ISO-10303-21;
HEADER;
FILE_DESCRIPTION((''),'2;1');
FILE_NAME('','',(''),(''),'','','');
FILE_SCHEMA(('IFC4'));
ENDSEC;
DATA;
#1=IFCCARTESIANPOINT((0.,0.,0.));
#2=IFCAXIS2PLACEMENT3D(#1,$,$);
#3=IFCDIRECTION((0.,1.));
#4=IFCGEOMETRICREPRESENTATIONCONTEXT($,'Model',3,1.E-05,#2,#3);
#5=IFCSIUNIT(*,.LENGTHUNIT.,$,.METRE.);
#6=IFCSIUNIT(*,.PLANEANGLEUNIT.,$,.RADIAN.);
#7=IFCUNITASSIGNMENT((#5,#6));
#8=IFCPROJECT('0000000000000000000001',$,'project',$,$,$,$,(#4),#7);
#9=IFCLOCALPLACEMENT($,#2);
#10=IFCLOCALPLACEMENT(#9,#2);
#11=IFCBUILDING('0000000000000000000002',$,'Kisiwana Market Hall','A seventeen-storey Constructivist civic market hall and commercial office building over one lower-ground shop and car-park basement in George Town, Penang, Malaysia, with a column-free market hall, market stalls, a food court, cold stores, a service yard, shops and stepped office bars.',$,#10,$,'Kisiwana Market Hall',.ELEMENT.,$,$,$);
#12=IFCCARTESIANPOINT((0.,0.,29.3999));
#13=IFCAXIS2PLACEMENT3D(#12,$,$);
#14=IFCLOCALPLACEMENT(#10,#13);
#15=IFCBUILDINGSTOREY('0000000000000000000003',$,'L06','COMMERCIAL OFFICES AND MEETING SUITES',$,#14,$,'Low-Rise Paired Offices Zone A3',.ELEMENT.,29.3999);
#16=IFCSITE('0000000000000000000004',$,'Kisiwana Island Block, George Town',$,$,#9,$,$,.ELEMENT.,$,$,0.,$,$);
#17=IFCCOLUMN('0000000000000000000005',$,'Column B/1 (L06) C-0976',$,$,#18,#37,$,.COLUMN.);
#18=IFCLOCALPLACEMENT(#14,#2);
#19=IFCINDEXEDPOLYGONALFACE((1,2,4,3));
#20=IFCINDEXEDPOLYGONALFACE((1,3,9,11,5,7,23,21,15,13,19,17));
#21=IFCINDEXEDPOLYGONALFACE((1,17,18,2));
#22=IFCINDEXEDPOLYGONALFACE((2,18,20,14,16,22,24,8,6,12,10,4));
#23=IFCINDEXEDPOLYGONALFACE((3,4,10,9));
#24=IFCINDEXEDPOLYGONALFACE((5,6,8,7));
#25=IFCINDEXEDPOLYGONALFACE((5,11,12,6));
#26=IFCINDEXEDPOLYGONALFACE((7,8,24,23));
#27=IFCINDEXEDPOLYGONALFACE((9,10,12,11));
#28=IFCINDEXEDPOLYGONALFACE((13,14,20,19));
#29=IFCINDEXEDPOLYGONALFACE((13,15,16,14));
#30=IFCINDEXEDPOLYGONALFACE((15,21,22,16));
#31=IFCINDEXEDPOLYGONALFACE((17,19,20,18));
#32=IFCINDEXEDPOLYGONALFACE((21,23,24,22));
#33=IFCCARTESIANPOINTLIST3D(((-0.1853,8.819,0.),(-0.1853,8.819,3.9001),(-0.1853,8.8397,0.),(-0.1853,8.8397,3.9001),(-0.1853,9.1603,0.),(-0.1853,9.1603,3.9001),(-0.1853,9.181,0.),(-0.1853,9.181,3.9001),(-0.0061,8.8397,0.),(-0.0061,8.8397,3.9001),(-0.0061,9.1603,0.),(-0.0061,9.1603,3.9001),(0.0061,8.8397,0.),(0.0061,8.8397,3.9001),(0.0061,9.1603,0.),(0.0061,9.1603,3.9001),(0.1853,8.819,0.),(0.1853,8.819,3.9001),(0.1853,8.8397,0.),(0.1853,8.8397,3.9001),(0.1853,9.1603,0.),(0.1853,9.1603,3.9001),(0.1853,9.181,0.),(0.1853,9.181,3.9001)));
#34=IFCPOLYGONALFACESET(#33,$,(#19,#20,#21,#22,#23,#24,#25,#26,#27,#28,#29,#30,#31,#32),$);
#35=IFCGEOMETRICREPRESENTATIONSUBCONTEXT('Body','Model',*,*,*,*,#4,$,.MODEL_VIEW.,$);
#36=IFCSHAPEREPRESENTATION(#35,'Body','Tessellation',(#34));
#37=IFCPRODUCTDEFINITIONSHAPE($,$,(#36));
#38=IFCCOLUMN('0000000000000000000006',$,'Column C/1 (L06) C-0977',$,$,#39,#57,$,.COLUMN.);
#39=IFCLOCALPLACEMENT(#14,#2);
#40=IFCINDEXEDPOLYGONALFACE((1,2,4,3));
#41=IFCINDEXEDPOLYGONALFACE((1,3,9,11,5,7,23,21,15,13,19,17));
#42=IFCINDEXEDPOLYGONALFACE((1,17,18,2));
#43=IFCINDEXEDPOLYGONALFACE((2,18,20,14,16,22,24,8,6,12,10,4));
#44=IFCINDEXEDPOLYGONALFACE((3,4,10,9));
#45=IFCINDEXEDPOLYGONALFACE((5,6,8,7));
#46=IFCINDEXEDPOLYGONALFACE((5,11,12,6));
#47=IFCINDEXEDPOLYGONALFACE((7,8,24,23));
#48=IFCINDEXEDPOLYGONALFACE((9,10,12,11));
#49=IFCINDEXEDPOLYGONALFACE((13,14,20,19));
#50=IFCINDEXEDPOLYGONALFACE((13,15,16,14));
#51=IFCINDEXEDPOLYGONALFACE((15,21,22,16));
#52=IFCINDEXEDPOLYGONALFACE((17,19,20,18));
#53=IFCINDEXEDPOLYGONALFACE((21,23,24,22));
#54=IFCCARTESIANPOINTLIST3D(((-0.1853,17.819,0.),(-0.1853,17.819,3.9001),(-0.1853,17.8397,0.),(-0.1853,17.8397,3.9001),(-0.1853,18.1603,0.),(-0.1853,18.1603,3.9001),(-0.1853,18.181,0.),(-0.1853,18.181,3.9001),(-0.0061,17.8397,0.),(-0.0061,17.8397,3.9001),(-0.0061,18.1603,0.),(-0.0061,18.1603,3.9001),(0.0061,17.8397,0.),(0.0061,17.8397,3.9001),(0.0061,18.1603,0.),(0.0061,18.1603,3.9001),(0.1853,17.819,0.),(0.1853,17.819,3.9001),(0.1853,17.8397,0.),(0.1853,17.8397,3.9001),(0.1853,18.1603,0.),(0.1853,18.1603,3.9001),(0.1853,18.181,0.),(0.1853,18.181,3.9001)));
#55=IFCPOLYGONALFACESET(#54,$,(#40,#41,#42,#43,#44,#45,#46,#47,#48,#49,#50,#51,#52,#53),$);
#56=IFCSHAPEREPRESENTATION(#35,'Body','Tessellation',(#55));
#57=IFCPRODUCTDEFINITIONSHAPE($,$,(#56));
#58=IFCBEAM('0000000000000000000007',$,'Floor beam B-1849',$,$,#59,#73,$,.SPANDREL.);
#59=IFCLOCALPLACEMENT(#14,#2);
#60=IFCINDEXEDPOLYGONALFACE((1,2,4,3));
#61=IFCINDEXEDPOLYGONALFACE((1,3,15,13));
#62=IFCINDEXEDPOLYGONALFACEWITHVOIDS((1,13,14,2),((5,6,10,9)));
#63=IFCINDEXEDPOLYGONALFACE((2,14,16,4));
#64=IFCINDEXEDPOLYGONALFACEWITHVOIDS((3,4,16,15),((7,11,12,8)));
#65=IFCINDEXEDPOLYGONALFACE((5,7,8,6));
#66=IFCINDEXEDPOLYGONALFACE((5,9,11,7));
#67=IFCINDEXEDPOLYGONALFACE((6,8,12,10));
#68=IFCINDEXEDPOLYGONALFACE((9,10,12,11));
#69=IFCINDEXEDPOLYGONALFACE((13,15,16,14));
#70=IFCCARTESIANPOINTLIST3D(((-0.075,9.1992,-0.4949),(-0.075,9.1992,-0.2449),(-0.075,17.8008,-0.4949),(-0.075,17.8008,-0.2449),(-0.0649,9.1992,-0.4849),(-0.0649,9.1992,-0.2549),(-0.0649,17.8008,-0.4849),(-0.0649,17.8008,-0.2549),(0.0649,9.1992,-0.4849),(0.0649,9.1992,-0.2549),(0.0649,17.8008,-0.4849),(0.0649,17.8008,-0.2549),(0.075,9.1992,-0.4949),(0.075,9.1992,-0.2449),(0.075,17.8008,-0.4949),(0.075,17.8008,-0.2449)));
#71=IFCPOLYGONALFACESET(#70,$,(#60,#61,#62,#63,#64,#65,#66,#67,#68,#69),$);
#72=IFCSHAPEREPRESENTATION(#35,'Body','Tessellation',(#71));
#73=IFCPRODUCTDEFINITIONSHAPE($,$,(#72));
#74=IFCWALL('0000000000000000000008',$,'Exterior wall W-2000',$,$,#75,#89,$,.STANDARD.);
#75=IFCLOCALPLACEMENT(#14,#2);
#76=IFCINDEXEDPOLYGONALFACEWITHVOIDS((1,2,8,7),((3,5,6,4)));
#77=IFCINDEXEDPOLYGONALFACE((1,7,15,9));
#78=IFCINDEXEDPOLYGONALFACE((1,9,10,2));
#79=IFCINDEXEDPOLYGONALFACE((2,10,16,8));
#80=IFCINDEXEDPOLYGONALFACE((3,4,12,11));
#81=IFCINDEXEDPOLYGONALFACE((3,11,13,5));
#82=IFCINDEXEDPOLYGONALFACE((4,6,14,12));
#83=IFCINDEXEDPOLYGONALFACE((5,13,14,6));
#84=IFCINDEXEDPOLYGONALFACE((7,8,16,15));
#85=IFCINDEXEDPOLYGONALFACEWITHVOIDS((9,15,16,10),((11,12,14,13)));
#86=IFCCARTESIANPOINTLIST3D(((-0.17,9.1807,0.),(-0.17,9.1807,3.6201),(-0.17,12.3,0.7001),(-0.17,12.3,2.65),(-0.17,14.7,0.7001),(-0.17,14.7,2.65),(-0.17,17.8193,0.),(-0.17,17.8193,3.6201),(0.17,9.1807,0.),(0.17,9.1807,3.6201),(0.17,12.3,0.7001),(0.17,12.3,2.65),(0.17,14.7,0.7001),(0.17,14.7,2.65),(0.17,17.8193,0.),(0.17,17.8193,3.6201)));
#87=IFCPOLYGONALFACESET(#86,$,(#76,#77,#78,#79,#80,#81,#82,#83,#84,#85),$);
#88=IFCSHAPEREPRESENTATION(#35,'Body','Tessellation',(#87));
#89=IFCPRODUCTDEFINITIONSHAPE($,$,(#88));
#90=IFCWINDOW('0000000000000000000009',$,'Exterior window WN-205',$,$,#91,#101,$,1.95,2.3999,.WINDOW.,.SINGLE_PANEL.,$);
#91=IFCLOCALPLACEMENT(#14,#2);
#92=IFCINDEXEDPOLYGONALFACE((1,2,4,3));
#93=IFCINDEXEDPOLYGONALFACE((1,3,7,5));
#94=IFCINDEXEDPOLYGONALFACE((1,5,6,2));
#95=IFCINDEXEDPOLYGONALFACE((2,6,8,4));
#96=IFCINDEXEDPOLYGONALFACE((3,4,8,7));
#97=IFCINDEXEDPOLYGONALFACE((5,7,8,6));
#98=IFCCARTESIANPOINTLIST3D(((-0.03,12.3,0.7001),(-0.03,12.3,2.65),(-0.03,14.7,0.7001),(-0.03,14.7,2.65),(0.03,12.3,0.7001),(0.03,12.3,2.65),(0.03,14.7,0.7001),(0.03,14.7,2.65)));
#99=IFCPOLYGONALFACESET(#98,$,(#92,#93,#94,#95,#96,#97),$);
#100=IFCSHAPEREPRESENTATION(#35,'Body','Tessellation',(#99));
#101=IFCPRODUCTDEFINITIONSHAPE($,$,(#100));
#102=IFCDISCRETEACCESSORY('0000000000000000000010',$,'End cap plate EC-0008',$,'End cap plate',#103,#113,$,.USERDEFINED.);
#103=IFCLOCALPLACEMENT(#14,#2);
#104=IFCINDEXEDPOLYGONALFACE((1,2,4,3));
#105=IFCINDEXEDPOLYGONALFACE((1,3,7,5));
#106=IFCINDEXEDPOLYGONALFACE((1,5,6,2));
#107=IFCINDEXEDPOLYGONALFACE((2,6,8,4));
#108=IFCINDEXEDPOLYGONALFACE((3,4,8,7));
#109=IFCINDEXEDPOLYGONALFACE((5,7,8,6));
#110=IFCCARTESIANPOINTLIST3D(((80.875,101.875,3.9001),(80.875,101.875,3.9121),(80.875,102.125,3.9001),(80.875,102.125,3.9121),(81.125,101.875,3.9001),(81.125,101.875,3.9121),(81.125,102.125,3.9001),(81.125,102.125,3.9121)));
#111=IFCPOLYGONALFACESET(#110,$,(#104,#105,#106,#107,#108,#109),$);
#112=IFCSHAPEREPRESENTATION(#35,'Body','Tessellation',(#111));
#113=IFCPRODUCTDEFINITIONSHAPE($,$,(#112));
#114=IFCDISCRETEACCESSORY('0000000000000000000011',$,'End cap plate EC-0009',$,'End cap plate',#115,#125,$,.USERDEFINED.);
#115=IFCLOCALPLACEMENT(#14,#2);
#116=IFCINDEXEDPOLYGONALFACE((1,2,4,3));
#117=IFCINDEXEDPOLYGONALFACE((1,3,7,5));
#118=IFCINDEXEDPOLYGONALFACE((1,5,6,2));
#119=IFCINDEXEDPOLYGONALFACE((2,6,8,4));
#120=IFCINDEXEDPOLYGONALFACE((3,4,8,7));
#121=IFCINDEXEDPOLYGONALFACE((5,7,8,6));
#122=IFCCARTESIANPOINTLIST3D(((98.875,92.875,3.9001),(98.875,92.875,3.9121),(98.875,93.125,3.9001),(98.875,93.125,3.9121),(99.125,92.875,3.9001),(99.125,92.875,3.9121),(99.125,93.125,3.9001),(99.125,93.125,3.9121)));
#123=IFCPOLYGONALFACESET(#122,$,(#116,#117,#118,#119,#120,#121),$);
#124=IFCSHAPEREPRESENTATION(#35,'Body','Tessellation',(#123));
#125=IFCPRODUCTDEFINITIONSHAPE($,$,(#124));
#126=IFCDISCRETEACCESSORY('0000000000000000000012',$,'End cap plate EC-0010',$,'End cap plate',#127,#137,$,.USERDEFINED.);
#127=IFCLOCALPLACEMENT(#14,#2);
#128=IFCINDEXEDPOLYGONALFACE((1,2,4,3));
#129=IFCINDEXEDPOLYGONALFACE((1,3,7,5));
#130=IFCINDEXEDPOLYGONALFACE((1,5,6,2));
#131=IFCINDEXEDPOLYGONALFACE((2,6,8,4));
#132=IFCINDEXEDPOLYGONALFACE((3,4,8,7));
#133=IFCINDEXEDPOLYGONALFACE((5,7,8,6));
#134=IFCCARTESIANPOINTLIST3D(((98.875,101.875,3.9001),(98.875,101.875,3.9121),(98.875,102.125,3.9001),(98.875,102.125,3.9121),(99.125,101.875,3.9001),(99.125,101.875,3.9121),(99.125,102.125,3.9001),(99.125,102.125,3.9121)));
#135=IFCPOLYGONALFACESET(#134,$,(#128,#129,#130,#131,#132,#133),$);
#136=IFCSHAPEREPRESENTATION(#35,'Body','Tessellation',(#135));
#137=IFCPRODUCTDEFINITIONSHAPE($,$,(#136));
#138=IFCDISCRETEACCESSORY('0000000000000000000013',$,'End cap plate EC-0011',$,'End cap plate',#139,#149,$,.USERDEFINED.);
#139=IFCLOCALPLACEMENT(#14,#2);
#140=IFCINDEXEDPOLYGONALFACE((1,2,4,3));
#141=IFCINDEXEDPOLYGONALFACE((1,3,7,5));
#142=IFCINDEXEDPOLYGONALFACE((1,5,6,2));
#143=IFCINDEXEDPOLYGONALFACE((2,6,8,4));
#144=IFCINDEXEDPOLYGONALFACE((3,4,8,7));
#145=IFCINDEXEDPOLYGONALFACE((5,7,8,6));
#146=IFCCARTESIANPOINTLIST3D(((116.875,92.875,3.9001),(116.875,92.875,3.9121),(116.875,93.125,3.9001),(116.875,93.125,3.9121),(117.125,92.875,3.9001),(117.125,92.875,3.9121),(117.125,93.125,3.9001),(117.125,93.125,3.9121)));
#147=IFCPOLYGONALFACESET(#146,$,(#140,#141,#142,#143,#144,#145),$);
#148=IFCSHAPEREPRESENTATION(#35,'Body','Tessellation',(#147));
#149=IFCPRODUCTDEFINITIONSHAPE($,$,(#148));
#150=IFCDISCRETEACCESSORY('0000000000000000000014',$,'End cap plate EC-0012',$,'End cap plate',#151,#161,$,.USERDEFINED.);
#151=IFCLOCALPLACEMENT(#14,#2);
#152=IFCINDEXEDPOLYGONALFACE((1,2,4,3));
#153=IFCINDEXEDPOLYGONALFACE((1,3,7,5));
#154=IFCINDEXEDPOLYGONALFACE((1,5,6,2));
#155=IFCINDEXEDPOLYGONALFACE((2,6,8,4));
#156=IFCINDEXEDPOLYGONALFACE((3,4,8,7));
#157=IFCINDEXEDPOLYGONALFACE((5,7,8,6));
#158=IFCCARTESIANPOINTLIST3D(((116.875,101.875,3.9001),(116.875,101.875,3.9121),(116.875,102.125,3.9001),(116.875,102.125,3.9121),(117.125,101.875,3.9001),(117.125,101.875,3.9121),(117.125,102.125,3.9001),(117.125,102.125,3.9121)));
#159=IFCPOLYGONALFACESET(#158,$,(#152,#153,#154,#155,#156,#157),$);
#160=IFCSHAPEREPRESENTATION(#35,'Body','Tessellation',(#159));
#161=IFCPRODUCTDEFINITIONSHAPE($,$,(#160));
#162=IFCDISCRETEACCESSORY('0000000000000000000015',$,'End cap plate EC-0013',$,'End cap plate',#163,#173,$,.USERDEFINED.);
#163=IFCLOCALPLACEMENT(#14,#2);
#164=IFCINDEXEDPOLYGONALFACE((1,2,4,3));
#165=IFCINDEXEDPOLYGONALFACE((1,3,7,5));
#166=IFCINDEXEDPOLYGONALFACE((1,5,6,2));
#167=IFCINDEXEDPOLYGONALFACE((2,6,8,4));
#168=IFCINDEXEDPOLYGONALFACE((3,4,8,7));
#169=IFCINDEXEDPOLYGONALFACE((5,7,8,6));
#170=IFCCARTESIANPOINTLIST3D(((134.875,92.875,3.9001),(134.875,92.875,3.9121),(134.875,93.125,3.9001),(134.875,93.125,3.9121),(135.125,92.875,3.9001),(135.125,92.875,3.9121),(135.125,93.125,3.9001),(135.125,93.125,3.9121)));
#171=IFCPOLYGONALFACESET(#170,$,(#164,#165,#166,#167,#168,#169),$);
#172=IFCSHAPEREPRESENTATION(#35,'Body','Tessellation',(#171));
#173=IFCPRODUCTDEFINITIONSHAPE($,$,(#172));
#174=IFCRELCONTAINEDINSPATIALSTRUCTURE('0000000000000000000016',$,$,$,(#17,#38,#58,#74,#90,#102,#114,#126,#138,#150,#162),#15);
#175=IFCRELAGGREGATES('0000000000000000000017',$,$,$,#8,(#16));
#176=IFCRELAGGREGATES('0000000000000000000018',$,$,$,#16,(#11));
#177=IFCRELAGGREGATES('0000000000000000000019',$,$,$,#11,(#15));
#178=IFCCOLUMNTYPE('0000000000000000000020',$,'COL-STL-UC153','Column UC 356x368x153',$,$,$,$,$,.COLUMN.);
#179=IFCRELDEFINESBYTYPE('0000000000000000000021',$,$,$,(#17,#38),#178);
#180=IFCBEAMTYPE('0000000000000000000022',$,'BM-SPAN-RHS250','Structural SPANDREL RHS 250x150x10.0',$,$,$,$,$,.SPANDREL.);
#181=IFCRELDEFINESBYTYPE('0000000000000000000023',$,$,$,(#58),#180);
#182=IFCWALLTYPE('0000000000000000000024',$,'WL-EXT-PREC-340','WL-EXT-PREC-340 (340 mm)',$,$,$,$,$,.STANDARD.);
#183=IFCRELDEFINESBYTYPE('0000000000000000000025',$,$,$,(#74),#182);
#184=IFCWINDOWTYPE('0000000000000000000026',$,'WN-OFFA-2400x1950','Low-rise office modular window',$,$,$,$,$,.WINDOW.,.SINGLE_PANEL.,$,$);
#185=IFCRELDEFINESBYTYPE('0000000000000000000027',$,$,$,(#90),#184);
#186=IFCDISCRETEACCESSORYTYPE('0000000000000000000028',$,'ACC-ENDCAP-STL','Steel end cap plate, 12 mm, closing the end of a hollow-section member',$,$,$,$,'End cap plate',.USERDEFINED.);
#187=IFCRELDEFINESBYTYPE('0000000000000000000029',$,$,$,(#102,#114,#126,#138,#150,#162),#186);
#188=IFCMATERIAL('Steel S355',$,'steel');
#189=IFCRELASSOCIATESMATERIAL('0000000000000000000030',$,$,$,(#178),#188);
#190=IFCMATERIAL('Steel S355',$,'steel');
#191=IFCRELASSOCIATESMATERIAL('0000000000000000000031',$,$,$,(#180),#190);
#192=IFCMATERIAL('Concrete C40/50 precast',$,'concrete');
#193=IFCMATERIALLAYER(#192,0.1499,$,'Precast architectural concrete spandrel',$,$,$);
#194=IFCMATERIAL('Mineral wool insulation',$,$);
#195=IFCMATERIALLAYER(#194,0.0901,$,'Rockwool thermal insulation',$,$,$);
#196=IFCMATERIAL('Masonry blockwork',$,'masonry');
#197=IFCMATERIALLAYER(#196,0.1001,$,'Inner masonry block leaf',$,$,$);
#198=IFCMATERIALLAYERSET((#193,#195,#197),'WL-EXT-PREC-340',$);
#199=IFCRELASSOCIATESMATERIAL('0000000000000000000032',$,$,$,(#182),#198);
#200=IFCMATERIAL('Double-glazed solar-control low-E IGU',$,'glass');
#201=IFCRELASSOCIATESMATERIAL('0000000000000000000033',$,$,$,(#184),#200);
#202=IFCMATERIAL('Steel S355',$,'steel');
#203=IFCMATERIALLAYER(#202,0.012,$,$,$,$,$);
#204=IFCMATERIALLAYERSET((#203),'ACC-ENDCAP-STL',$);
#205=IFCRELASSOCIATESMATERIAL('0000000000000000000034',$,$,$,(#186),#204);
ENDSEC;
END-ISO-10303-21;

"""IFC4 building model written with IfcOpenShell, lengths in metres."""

from ifc_helpers import new_model, si_unit, direction, frame, frame_2d, origin, origin_2d, place, context, subcontext, project, spatial, polyline, rectangle, hollow_rectangle, i_section, outline, extrude, material, layer, layer_set, material_profile, profile_set, type_object, element, fill, save


model = new_model("IFC4")

# Units and contexts
model_context = context("Model", 3, precision=1e-05, world=origin(), true_north=direction((0.0, 1.0)))
body_context = subcontext(model_context, "Body", "Model", "MODEL_VIEW")
ifc_project = project(units=[si_unit("LENGTHUNIT", "METRE"), si_unit("PLANEANGLEUNIT", "RADIAN")], contexts=[model_context])

# Site, building, storey
site_placement = place(None, origin())
site = spatial("IfcSite", under=ifc_project, at=site_placement, Name="Kisiwana Island Block, George Town", CompositionType="ELEMENT", RefElevation=0.0)
building_placement = place(site_placement, origin())
building = spatial("IfcBuilding", under=site, at=building_placement, Name="Kisiwana Market Hall", Description="A seventeen-storey Constructivist civic market hall and commercial office building over one lower-ground shop and car-park basement in George Town, Penang, Malaysia, with a column-free market hall, market stalls, a food court, cold stores, a service yard, shops and stepped office bars.", LongName="Kisiwana Market Hall", CompositionType="ELEMENT")
storey_placement = place(building_placement, frame((0.0, 0.0, 29.3999)))
storey = spatial("IfcBuildingStorey", under=building, at=storey_placement, Name="L06", Description="COMMERCIAL OFFICES AND MEETING SUITES", LongName="Low-Rise Paired Offices Zone A3", CompositionType="ELEMENT", Elevation=29.3999)

# Columns
ifc_material_1 = material(Name="Steel S355", Category="steel")
ifc_material_profile_1 = material_profile(ifc_material_1, i_section(OverallWidth=0.3706, OverallDepth=0.3621, WebThickness=0.0122, FlangeThickness=0.0208, at=origin_2d()), Name="UC 356x368x153")
ifc_profile_set_1 = profile_set([ifc_material_profile_1], Name="Steel S355")
column_type = type_object("IfcColumnType", Name="COL-STL-UC153", Description="Column UC 356x368x153", PredefinedType="COLUMN", material=ifc_profile_set_1)
for number, where, z_axis, x_axis, name in (
    (1, (0.0, 9.0, 0.0), (0.0, 0.0, 1.0), (1.0, 0.0, 0.0), "Column B/1 (L06) C-0976"),
    (2, (0.0, 18.0, 0.0), (0.0, 0.0, 1.0), (1.0, 0.0, 0.0), "Column C/1 (L06) C-0977"),
):
    element("IfcColumn", number, at=place(storey_placement, frame(where, z_axis=z_axis, x_axis=x_axis)), inside=storey, type_object=column_type, Name=name, PredefinedType="COLUMN", context=body_context, shape_type="SweptSolid", body=[
        extrude(i_section(OverallWidth=0.3706, OverallDepth=0.3621, WebThickness=0.0122, FlangeThickness=0.0208, at=origin_2d()), origin(), (0.0, 0.0, 1.0), 3.9001),
    ])

# Beam
ifc_material_2 = material(Name="Steel S355", Category="steel")
ifc_material_profile_2 = material_profile(ifc_material_2, hollow_rectangle(XDim=0.1499, YDim=0.25, WallThickness=0.01, at=origin_2d()), Name="RHS 250x150x10.0")
ifc_profile_set_2 = profile_set([ifc_material_profile_2], Name="Steel S355")
beam_type = type_object("IfcBeamType", Name="BM-SPAN-RHS250", Description="Structural SPANDREL RHS 250x150x10.0", PredefinedType="SPANDREL", material=ifc_profile_set_2)
beam_placement = place(storey_placement, frame((0.0, 9.1992, -0.3699), z_axis=(0.0, 1.0, 0.0), x_axis=(-1.0, 0.0, 0.0)))
element("IfcBeam", 3, at=beam_placement, inside=storey, type_object=beam_type, Name="Floor beam B-1849", PredefinedType="SPANDREL", context=body_context, shape_type="SweptSolid", body=[
    extrude(hollow_rectangle(XDim=0.1499, YDim=0.25, WallThickness=0.01, at=origin_2d()), origin(), (0.0, 0.0, 1.0), 8.6016),
])

# Wall, opening, window
ifc_material_3 = material(Name="Concrete C40/50 precast", Category="concrete")
ifc_layer_1 = layer(ifc_material_3, 0.1499, Name="Precast architectural concrete spandrel")
ifc_material_4 = material(Name="Mineral wool insulation")
ifc_layer_2 = layer(ifc_material_4, 0.0901, Name="Rockwool thermal insulation")
ifc_material_5 = material(Name="Masonry blockwork", Category="masonry")
ifc_layer_3 = layer(ifc_material_5, 0.1001, Name="Inner masonry block leaf")
ifc_layer_set_1 = layer_set([ifc_layer_1, ifc_layer_2, ifc_layer_3], Name="WL-EXT-PREC-340")
wall_type = type_object("IfcWallType", Name="WL-EXT-PREC-340", Description="WL-EXT-PREC-340 (340 mm)", PredefinedType="STANDARD", material=ifc_layer_set_1)
wall_placement = place(storey_placement, frame((0.0, 9.1807, 0.0), z_axis=(0.0, 0.0, 1.0), x_axis=(0.0, 1.0, 0.0)))
wall = element("IfcWall", 4, at=wall_placement, inside=storey, type_object=wall_type, Name="Exterior wall W-2000", PredefinedType="STANDARD", context=body_context, shape_type="SweptSolid", body=[
    extrude(rectangle(XDim=8.6387, YDim=0.3401, at=frame_2d((4.3193, 0.0))), origin(), (0.0, 0.0, 1.0), 3.6201),
])
opening_placement = place(wall_placement, frame((3.1194, 0.0, 0.7)))
opening = element("IfcOpeningElement", 5, at=opening_placement, cuts=wall, PredefinedType="OPENING", context=body_context, shape_type="SweptSolid", body=[
    extrude(rectangle(XDim=2.3999, YDim=1.95, at=frame_2d((1.2, 0.9751))), frame((0.0, 0.1821, 0.0), z_axis=(0.0, -1.0, 0.0), x_axis=(1.0, 0.0, 0.0)), (0.0, 0.0, 1.0), 0.364),
])
ifc_material_6 = material(Name="Double-glazed solar-control low-E IGU", Category="glass")
window_type = type_object("IfcWindowType", Name="WN-OFFA-2400x1950", Description="Low-rise office modular window", PartitioningType="SINGLE_PANEL", PredefinedType="WINDOW", material=ifc_material_6)
window_placement = place(opening_placement, origin())
window = element("IfcWindow", 6, at=window_placement, inside=storey, type_object=window_type, Name="Exterior window WN-205", OverallHeight=1.95, OverallWidth=2.3999, PartitioningType="SINGLE_PANEL", PredefinedType="WINDOW", context=body_context, shape_type="SweptSolid", body=[
    extrude(rectangle(XDim=2.3999, YDim=1.95, at=frame_2d((1.2, 0.9751))), frame((0.0, 0.03, 0.0), z_axis=(0.0, -1.0, 0.0), x_axis=(1.0, 0.0, 0.0)), (0.0, 0.0, 1.0), 0.0601),
])
fill(opening, window)

# Discrete accessories
ifc_material_7 = material(Name="Steel S355", Category="steel")
ifc_layer_4 = layer(ifc_material_7, 0.012)
ifc_layer_set_2 = layer_set([ifc_layer_4], Name="ACC-ENDCAP-STL")
discrete_accessory_type = type_object("IfcDiscreteAccessoryType", Name="ACC-ENDCAP-STL", Description="Steel end cap plate, 12 mm, closing the end of a hollow-section member", ElementType="End cap plate", PredefinedType="USERDEFINED", material=ifc_layer_set_2)
discrete_accessory_1_placement = place(storey_placement, frame((0.0, 0.0, 3.9001)))
element("IfcDiscreteAccessory", 7, at=discrete_accessory_1_placement, inside=storey, type_object=discrete_accessory_type, Name="End cap plate EC-0008", ObjectType="End cap plate", PredefinedType="USERDEFINED", context=body_context, shape_type="SweptSolid", body=[
    extrude(outline(polyline([(80.875, 101.875), (81.125, 101.875), (81.125, 102.125), (80.875, 102.125), (80.875, 101.875)])), origin(), (0.0, 0.0, 1.0), 0.012),
])
discrete_accessory_2_placement = place(storey_placement, frame((0.0, 0.0, 3.9001)))
element("IfcDiscreteAccessory", 8, at=discrete_accessory_2_placement, inside=storey, type_object=discrete_accessory_type, Name="End cap plate EC-0009", ObjectType="End cap plate", PredefinedType="USERDEFINED", context=body_context, shape_type="SweptSolid", body=[
    extrude(outline(polyline([(98.875, 92.875), (99.125, 92.875), (99.125, 93.125), (98.875, 93.125), (98.875, 92.875)])), origin(), (0.0, 0.0, 1.0), 0.012),
])
discrete_accessory_3_placement = place(storey_placement, frame((0.0, 0.0, 3.9001)))
element("IfcDiscreteAccessory", 9, at=discrete_accessory_3_placement, inside=storey, type_object=discrete_accessory_type, Name="End cap plate EC-0010", ObjectType="End cap plate", PredefinedType="USERDEFINED", context=body_context, shape_type="SweptSolid", body=[
    extrude(outline(polyline([(98.875, 101.875), (99.125, 101.875), (99.125, 102.125), (98.875, 102.125), (98.875, 101.875)])), origin(), (0.0, 0.0, 1.0), 0.012),
])
discrete_accessory_4_placement = place(storey_placement, frame((0.0, 0.0, 3.9001)))
element("IfcDiscreteAccessory", 10, at=discrete_accessory_4_placement, inside=storey, type_object=discrete_accessory_type, Name="End cap plate EC-0011", ObjectType="End cap plate", PredefinedType="USERDEFINED", context=body_context, shape_type="SweptSolid", body=[
    extrude(outline(polyline([(116.875, 92.875), (117.125, 92.875), (117.125, 93.125), (116.875, 93.125), (116.875, 92.875)])), origin(), (0.0, 0.0, 1.0), 0.012),
])
discrete_accessory_5_placement = place(storey_placement, frame((0.0, 0.0, 3.9001)))
element("IfcDiscreteAccessory", 11, at=discrete_accessory_5_placement, inside=storey, type_object=discrete_accessory_type, Name="End cap plate EC-0012", ObjectType="End cap plate", PredefinedType="USERDEFINED", context=body_context, shape_type="SweptSolid", body=[
    extrude(outline(polyline([(116.875, 101.875), (117.125, 101.875), (117.125, 102.125), (116.875, 102.125), (116.875, 101.875)])), origin(), (0.0, 0.0, 1.0), 0.012),
])
discrete_accessory_6_placement = place(storey_placement, frame((0.0, 0.0, 3.9001)))
element("IfcDiscreteAccessory", 12, at=discrete_accessory_6_placement, inside=storey, type_object=discrete_accessory_type, Name="End cap plate EC-0013", ObjectType="End cap plate", PredefinedType="USERDEFINED", context=body_context, shape_type="SweptSolid", body=[
    extrude(outline(polyline([(134.875, 92.875), (135.125, 92.875), (135.125, 93.125), (134.875, 93.125), (134.875, 92.875)])), origin(), (0.0, 0.0, 1.0), 0.012),
])

save(model, "model.ifc")
